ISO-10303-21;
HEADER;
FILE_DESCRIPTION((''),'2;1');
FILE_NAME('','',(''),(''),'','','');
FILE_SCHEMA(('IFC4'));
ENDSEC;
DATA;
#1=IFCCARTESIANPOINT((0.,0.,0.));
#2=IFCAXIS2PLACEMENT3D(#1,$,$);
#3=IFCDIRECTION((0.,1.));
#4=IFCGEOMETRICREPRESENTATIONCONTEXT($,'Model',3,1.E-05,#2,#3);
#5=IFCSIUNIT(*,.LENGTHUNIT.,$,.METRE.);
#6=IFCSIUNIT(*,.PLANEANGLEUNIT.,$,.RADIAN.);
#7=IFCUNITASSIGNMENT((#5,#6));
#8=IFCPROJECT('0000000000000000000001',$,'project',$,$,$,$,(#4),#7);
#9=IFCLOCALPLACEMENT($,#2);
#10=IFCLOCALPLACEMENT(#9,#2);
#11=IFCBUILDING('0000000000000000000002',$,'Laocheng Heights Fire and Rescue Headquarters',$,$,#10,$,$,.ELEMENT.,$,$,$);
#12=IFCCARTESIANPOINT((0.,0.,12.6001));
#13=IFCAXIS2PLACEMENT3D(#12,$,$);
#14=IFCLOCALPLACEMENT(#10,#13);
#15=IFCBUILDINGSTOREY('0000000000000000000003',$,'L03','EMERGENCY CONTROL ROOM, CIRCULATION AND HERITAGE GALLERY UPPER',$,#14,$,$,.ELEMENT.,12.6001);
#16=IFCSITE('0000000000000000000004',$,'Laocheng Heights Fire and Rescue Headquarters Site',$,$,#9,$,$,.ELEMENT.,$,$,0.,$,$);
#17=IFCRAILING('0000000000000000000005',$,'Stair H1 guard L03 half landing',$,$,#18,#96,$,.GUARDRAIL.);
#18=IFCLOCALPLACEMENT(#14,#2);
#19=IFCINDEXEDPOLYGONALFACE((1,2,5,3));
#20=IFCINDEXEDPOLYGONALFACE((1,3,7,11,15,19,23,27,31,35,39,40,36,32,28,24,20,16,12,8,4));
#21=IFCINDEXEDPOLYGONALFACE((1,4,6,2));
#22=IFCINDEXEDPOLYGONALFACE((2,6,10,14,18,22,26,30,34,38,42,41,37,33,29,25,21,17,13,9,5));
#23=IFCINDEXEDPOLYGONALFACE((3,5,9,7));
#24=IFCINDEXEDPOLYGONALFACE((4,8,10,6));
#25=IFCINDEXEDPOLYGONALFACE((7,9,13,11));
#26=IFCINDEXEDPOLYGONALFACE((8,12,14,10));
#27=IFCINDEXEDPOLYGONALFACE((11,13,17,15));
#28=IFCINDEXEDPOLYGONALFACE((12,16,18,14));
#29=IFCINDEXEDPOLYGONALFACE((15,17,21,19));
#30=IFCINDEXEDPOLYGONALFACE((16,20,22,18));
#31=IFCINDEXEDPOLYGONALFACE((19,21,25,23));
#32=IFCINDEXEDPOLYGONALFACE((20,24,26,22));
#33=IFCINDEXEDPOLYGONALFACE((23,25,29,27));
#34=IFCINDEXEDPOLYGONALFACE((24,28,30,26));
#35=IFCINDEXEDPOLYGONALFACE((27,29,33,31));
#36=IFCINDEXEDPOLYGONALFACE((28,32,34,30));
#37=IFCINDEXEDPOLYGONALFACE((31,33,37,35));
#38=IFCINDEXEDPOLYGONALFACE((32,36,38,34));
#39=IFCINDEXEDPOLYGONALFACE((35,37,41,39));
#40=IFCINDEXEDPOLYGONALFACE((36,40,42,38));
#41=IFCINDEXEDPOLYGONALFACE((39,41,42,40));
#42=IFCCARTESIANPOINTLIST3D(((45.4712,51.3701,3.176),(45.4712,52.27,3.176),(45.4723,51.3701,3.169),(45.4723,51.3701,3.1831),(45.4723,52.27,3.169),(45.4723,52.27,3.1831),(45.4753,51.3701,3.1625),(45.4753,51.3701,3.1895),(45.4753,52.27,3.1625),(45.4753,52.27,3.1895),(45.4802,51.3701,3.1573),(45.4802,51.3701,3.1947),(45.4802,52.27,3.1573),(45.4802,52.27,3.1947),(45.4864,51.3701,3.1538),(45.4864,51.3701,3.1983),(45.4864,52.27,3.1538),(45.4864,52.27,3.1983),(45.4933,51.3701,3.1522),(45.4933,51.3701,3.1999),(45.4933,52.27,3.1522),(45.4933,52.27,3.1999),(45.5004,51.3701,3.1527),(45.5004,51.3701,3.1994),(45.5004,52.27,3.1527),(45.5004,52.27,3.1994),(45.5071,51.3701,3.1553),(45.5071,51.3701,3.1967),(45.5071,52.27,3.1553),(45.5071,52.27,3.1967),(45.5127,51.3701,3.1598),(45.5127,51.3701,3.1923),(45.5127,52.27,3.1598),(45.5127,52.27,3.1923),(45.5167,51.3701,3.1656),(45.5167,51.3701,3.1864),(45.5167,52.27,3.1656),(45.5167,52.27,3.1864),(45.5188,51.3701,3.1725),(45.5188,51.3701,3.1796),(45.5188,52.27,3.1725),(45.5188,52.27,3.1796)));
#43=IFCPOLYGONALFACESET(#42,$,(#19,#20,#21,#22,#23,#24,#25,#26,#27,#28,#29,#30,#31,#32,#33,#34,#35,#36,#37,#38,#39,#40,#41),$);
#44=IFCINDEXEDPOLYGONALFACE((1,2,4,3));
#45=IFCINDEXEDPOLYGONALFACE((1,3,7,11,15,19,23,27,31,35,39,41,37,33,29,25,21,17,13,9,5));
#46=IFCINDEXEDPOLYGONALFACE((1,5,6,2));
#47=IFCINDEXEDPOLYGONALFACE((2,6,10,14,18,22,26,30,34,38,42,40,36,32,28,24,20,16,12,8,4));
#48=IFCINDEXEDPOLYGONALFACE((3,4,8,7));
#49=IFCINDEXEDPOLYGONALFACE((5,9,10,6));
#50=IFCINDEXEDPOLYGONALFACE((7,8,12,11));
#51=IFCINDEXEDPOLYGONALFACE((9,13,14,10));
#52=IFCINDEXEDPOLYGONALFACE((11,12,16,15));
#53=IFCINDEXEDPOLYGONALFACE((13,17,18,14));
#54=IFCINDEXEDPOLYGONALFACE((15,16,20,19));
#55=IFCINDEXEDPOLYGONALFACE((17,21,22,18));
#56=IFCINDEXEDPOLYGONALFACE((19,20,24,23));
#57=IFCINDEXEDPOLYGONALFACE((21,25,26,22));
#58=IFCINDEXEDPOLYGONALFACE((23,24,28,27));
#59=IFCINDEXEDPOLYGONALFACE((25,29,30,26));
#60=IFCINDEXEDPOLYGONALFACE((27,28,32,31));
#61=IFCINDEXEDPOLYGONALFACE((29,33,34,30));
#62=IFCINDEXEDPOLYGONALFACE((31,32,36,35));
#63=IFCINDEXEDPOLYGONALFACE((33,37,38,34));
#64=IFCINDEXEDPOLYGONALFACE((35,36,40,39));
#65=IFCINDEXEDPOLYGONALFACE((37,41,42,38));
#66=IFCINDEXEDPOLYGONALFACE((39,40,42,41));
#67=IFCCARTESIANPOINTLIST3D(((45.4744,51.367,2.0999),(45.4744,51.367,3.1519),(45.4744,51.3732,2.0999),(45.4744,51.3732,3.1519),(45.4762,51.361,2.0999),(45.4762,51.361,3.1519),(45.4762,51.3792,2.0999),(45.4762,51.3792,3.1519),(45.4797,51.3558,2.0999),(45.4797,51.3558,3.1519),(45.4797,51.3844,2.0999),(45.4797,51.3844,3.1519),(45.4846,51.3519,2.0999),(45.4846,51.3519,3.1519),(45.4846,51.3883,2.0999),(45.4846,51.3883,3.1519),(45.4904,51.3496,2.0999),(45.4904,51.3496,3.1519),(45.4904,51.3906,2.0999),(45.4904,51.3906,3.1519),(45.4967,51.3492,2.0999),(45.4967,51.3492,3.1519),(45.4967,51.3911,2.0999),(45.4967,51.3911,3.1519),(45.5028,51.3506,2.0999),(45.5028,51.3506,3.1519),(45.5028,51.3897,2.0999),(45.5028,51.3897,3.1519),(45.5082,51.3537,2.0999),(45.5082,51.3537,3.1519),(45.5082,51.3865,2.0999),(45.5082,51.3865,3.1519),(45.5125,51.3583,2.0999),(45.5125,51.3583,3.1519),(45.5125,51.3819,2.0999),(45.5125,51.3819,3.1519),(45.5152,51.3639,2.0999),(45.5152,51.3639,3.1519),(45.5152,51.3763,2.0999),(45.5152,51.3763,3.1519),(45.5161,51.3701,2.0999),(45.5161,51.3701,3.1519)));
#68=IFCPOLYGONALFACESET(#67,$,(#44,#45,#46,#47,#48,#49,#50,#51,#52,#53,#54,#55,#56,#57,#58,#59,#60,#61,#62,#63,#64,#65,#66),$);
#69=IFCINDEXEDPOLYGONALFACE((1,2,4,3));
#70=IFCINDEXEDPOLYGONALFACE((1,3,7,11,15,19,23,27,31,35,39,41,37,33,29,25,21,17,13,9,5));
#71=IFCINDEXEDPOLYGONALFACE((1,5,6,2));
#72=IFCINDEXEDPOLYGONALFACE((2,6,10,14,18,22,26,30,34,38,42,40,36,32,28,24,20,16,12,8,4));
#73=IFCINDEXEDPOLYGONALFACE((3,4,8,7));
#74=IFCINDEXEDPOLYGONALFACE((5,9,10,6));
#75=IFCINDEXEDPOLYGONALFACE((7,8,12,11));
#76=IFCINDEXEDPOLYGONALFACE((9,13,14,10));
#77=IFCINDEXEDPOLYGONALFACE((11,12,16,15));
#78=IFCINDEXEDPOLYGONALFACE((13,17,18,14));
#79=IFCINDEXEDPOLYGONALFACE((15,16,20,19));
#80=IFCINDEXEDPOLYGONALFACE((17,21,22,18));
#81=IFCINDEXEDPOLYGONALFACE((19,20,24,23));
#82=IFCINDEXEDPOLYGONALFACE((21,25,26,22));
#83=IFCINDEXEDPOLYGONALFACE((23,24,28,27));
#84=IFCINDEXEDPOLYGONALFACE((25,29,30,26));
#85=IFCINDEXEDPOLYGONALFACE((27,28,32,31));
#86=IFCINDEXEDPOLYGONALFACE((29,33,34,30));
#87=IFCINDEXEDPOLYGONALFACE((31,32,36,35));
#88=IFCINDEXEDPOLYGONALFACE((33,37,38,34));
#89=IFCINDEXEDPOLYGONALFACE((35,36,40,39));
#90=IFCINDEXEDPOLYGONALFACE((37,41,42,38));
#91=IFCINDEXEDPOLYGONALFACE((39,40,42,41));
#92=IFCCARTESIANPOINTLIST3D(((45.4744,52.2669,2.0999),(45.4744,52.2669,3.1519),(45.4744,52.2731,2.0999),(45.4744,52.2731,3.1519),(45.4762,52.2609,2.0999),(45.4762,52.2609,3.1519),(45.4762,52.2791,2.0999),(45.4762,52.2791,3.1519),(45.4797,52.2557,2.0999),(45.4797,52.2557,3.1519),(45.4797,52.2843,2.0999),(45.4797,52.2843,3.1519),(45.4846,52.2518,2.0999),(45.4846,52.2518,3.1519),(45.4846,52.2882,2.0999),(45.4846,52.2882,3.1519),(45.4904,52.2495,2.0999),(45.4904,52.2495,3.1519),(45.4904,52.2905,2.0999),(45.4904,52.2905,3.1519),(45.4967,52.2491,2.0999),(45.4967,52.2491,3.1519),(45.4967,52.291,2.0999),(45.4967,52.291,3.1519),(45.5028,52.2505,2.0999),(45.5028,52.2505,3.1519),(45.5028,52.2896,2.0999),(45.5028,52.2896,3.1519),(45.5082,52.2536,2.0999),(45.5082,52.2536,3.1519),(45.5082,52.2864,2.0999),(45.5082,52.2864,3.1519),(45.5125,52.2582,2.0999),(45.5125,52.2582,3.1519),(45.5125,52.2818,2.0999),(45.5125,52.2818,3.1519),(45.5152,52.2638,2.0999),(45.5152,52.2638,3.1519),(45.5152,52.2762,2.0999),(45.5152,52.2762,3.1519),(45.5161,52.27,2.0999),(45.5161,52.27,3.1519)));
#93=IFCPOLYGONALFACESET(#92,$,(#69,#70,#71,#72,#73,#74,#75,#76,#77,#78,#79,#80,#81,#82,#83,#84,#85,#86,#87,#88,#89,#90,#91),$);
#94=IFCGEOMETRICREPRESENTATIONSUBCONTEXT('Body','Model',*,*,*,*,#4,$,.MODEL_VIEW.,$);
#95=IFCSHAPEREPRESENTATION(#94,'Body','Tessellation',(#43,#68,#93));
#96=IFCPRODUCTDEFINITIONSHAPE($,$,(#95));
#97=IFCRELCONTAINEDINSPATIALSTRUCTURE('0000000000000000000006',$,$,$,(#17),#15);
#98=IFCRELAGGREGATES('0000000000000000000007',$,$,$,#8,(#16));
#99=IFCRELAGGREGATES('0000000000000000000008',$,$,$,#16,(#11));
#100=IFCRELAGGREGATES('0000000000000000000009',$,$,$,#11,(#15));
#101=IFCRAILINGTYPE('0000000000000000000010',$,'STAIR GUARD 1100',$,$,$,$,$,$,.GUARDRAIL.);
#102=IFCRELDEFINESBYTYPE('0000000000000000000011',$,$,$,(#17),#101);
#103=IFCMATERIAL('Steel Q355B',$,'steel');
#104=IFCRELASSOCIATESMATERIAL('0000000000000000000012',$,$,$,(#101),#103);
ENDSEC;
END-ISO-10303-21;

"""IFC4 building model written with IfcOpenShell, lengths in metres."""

from ifc_helpers import new_model, si_unit, direction, frame, origin, origin_2d, place, context, subcontext, project, spatial, circle, extrude, material, type_object, element, save


model = new_model("IFC4")

# Units and contexts
model_context = context("Model", 3, precision=1e-05, world=origin(), true_north=direction((0.0, 1.0)))
body_context = subcontext(model_context, "Body", "Model", "MODEL_VIEW")
ifc_project = project(units=[si_unit("LENGTHUNIT", "METRE"), si_unit("PLANEANGLEUNIT", "RADIAN")], contexts=[model_context])

# Site, building, storey
site_placement = place(None, origin())
site = spatial("IfcSite", under=ifc_project, at=site_placement, Name="Laocheng Heights Fire and Rescue Headquarters Site", CompositionType="ELEMENT", RefElevation=0.0)
building_placement = place(site_placement, origin())
building = spatial("IfcBuilding", under=site, at=building_placement, Name="Laocheng Heights Fire and Rescue Headquarters", CompositionType="ELEMENT")
storey_placement = place(building_placement, frame((0.0, 0.0, 12.6001)))
storey = spatial("IfcBuildingStorey", under=building, at=storey_placement, Name="L03", Description="EMERGENCY CONTROL ROOM, CIRCULATION AND HERITAGE GALLERY UPPER", CompositionType="ELEMENT", Elevation=12.6001)

# Railing
ifc_material_1 = material(Name="Steel Q355B", Category="steel")
railing_type_1 = type_object("IfcRailingType", Name="STAIR GUARD 1100", PredefinedType="GUARDRAIL", material=ifc_material_1)
railing_1_placement = place(storey_placement, frame((45.4951, 51.3701, 2.0999)))
element("IfcRailing", 1, at=railing_1_placement, inside=storey, type_object=railing_type_1, Name="Stair H1 guard L03 half landing", PredefinedType="GUARDRAIL", context=body_context, shape_type="SweptSolid", body=[
    extrude(circle(Radius=0.0239, at=origin_2d()), frame((0.0, 0.0, 1.0762), z_axis=(0.0, 1.0, 0.0), x_axis=(-1.0, 0.0, 0.0)), (0.0, 0.0, 1.0), 0.8999),
    extrude(circle(Radius=0.021, at=origin_2d()), origin(), (0.0, 0.0, 1.0), 1.052),
    extrude(circle(Radius=0.021, at=origin_2d()), frame((0.0, 0.8999, 0.0)), (0.0, 0.0, 1.0), 1.052),
])

save(model, "model.ifc")
